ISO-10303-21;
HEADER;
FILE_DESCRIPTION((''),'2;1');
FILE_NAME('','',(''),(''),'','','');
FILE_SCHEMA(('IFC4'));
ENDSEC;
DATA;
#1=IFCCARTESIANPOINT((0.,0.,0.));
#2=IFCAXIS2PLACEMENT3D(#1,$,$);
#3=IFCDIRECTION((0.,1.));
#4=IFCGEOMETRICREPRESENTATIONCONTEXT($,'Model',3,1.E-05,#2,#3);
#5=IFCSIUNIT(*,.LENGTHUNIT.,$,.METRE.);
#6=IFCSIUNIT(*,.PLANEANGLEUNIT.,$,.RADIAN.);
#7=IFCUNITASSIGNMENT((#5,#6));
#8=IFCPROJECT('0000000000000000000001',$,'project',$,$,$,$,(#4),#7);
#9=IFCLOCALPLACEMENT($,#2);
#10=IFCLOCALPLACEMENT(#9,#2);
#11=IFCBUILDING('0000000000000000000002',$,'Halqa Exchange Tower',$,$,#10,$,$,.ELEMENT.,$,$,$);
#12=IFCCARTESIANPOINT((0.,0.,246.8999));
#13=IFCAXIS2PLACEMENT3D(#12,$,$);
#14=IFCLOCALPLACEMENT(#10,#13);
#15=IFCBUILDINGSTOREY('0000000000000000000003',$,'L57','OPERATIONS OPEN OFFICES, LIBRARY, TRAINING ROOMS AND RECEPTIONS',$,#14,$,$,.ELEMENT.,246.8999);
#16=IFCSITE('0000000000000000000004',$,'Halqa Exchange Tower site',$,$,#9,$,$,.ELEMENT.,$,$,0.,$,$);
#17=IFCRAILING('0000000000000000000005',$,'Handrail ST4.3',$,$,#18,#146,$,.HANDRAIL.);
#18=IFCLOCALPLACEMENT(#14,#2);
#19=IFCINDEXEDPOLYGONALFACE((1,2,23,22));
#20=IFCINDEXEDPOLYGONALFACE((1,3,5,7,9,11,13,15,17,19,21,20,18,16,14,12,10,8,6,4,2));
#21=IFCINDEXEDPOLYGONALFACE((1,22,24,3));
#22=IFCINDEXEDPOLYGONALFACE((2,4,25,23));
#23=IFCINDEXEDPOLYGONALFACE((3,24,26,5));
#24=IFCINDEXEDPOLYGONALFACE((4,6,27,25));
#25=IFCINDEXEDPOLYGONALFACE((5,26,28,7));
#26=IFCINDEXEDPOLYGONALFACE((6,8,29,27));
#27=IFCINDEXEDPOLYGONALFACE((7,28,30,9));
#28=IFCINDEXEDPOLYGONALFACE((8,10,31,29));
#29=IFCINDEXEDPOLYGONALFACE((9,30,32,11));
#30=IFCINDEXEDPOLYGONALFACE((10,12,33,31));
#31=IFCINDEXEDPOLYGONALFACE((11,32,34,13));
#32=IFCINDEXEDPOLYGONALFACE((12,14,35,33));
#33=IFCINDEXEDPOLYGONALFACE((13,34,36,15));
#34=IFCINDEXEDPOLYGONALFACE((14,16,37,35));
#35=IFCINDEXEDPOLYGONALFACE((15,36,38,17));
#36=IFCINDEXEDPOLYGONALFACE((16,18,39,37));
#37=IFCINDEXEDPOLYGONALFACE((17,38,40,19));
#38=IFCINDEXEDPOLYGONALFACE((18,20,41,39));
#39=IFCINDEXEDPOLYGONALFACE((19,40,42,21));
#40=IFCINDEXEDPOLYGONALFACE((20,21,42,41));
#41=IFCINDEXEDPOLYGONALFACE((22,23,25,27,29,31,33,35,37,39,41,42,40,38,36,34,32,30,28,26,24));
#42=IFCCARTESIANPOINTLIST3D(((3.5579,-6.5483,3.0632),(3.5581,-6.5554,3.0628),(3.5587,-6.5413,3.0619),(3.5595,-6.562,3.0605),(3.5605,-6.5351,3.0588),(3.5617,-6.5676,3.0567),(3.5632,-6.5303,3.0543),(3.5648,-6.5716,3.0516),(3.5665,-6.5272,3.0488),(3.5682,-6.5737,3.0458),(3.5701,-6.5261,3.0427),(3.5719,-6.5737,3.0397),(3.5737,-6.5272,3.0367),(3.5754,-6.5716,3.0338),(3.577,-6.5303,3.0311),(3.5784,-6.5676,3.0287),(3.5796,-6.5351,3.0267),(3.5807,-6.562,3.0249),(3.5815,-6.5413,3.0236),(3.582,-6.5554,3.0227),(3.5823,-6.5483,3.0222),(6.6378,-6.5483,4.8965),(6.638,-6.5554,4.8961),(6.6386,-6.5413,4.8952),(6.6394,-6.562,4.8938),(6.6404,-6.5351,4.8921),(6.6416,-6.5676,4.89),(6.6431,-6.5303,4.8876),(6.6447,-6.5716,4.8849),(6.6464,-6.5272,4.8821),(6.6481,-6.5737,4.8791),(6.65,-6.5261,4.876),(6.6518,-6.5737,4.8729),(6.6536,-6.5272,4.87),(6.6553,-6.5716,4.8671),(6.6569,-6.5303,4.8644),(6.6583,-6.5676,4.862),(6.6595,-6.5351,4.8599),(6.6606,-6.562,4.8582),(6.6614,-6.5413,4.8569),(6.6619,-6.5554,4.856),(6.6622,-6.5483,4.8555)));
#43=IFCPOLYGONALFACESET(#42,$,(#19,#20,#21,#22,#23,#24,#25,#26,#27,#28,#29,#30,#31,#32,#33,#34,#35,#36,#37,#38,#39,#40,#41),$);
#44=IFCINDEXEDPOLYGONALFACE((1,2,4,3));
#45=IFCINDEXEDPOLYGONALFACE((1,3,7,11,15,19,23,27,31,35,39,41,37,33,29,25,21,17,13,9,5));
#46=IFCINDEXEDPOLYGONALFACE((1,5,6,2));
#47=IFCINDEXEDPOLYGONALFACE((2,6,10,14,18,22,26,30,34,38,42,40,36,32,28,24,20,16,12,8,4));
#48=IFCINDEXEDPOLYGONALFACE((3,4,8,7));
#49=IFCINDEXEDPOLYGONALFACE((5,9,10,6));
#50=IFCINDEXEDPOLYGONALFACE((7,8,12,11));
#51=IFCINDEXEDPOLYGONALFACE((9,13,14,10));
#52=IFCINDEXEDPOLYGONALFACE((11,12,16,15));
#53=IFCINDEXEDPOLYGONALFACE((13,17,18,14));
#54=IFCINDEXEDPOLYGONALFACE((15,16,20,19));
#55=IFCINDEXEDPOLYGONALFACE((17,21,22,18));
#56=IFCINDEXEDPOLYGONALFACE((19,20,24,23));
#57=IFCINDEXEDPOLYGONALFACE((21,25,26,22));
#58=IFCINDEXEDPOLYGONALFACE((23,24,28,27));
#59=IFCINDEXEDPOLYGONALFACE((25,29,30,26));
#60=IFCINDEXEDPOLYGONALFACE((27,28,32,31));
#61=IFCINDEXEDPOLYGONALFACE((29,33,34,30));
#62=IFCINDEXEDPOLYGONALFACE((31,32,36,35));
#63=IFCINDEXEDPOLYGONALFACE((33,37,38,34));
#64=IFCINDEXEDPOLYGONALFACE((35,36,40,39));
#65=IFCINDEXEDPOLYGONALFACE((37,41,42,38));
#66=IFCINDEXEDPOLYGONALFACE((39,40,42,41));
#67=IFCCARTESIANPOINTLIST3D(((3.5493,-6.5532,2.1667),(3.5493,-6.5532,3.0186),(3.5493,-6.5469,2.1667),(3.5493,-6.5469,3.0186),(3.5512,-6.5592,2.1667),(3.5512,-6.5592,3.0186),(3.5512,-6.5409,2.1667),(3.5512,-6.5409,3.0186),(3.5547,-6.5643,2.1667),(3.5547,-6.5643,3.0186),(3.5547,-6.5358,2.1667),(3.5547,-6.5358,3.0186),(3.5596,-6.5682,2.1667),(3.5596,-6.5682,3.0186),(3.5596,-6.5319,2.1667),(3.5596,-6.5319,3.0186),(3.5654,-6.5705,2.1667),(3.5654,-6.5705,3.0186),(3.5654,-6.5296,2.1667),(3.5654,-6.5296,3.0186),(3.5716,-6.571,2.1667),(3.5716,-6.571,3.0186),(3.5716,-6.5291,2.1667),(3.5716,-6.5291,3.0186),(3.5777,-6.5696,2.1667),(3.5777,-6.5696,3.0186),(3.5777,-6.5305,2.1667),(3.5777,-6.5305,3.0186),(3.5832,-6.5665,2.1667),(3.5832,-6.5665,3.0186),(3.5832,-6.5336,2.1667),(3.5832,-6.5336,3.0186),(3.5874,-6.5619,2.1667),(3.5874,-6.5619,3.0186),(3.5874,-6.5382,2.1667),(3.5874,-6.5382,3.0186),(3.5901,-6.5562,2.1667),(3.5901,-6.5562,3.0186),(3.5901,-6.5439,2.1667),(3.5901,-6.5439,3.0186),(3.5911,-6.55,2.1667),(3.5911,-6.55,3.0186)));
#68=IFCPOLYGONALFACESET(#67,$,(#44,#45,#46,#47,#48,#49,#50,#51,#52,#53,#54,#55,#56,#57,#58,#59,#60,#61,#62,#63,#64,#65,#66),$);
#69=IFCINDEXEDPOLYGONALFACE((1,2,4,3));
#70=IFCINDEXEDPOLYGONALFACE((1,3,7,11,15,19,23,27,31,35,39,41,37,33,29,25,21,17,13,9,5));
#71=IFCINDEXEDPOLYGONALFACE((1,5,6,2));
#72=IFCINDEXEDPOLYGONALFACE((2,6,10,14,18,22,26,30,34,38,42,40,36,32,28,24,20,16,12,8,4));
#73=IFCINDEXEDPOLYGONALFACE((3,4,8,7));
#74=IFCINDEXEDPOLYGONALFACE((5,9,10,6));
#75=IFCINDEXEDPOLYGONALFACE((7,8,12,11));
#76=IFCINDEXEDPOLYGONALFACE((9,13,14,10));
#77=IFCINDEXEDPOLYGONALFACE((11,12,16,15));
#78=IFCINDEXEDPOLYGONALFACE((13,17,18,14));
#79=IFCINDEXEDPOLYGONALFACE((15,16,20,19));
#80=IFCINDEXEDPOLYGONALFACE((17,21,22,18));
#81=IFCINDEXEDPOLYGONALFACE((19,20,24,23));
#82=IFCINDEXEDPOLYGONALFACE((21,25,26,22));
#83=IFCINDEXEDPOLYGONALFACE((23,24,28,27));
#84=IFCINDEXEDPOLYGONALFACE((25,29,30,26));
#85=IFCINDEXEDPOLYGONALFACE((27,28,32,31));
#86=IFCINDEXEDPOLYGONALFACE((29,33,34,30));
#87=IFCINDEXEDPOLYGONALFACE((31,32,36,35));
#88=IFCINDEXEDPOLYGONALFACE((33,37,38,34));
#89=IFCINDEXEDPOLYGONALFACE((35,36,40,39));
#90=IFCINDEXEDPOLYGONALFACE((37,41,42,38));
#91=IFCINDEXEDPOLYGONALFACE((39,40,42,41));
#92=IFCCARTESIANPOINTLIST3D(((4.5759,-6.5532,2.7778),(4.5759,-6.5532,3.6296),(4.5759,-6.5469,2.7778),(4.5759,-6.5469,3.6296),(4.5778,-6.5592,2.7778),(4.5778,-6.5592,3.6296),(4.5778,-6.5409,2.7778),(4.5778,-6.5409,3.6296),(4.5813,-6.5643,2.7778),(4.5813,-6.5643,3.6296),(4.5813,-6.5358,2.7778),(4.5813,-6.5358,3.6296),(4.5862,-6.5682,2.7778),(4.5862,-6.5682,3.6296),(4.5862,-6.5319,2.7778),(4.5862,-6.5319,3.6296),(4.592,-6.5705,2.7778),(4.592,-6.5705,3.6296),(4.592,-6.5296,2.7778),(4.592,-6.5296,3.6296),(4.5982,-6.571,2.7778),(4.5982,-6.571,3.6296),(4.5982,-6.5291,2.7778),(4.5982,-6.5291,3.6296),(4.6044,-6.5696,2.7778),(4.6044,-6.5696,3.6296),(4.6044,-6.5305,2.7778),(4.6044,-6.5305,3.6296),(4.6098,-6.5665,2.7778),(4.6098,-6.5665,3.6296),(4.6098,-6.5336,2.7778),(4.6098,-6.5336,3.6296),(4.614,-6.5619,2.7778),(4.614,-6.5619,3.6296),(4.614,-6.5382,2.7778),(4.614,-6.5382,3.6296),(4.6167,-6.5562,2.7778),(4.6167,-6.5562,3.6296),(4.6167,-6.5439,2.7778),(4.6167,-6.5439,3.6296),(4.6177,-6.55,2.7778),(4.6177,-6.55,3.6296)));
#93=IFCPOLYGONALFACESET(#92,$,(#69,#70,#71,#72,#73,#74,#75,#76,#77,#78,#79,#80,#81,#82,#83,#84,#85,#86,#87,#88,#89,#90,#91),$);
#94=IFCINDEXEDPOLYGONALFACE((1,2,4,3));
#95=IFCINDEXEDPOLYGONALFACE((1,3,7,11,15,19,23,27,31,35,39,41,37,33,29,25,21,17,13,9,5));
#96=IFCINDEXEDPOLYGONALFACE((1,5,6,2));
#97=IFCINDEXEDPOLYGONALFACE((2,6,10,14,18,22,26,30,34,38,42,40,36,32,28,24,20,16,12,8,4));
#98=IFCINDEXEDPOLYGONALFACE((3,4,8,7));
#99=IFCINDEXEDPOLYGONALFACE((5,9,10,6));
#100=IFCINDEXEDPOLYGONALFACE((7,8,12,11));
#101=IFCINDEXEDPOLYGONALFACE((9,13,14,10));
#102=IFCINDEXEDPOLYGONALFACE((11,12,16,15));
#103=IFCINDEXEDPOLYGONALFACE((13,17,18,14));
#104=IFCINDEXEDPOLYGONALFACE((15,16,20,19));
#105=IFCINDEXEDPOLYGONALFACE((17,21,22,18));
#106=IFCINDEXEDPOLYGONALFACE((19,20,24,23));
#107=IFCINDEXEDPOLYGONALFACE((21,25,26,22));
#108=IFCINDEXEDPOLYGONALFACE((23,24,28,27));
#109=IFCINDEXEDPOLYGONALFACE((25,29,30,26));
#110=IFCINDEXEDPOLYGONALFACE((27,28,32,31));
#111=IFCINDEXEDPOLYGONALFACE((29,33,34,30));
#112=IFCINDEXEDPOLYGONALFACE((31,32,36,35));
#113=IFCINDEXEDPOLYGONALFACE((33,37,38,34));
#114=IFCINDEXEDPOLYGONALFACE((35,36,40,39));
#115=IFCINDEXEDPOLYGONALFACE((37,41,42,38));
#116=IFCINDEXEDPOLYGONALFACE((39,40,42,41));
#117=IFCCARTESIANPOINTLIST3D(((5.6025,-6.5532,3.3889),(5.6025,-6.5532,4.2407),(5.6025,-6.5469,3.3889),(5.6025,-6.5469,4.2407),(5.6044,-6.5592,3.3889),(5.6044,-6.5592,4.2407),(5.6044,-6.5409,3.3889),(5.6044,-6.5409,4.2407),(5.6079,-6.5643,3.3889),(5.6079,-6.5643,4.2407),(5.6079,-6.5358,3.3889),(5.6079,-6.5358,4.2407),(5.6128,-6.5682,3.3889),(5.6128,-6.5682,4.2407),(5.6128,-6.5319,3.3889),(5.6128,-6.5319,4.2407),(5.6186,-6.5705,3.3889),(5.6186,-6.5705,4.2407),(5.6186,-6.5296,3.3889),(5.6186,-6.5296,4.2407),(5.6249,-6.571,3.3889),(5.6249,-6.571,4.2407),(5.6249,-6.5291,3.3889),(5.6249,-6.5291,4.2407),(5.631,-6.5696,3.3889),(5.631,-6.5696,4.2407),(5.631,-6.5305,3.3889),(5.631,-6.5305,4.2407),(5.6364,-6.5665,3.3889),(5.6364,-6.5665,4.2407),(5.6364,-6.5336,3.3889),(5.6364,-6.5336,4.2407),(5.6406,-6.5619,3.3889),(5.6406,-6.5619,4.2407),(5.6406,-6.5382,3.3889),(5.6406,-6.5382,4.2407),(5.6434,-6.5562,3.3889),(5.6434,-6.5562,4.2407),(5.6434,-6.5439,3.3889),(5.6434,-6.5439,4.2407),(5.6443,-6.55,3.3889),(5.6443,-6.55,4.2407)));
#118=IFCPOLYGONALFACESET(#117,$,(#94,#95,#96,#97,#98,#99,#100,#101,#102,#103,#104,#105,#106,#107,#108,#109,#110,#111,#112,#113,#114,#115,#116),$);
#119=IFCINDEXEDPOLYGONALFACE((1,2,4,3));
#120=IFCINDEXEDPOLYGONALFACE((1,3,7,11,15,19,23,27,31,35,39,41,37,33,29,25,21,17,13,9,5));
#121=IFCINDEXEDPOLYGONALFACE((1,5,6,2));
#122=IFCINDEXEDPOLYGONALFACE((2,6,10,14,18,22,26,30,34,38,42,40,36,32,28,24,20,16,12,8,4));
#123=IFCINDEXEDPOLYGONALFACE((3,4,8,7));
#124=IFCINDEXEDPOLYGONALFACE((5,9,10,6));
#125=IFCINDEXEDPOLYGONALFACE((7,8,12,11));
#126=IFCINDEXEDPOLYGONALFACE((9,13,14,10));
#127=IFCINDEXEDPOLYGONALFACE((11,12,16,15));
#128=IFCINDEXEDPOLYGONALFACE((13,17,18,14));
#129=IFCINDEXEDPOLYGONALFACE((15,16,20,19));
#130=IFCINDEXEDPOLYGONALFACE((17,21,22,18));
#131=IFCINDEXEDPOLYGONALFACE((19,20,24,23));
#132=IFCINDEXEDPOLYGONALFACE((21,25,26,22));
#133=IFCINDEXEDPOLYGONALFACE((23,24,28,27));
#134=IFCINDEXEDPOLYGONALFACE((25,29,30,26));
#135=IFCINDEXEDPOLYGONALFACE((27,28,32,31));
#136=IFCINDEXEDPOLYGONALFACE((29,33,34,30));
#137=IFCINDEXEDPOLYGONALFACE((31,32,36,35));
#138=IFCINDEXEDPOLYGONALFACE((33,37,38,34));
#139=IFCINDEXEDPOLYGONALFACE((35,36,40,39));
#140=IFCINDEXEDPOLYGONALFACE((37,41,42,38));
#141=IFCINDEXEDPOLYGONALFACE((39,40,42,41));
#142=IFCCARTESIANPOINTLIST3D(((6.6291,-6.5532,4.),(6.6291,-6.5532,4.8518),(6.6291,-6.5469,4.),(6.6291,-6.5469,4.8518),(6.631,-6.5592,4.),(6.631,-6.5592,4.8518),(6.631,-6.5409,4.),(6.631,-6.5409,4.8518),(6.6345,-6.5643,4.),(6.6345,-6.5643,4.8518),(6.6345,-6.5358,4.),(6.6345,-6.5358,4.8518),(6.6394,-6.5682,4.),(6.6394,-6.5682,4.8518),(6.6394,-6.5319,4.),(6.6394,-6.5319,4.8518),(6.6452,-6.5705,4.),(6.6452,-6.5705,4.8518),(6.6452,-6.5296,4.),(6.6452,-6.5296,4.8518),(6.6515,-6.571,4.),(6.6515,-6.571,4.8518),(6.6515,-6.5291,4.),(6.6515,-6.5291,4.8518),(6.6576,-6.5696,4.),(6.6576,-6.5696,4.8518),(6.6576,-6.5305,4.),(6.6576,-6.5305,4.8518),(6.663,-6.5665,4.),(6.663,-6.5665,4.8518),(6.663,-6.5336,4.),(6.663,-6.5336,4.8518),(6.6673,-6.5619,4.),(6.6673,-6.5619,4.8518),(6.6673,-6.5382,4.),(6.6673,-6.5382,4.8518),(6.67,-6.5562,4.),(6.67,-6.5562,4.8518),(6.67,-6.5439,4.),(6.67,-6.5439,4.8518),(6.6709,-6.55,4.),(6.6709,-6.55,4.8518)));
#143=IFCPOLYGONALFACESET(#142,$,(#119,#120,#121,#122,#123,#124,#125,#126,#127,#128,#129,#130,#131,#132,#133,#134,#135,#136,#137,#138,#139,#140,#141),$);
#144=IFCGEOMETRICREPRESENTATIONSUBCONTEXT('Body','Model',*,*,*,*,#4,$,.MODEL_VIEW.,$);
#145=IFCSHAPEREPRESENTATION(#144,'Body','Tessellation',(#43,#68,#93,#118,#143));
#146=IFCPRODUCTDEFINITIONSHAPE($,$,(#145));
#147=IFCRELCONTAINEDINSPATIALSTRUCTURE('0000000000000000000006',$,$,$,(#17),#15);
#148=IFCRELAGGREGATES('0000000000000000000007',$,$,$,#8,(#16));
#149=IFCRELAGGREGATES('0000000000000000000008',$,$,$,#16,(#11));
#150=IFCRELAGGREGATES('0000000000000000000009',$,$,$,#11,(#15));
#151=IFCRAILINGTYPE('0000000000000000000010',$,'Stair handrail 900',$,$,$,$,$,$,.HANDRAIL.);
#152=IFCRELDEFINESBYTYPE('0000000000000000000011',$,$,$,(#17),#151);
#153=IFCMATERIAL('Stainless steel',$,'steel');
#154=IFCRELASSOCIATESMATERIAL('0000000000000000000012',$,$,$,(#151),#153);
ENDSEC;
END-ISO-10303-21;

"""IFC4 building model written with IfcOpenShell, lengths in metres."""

from ifc_helpers import new_model, si_unit, direction, frame, origin, origin_2d, place, context, subcontext, project, spatial, circle, extrude, material, type_object, element, save


model = new_model("IFC4")

# Units and contexts
model_context = context("Model", 3, precision=1e-05, world=origin(), true_north=direction((0.0, 1.0)))
body_context = subcontext(model_context, "Body", "Model", "MODEL_VIEW")
ifc_project = project(units=[si_unit("LENGTHUNIT", "METRE"), si_unit("PLANEANGLEUNIT", "RADIAN")], contexts=[model_context])

# Site, building, storey
site_placement = place(None, origin())
site = spatial("IfcSite", under=ifc_project, at=site_placement, Name="Halqa Exchange Tower site", CompositionType="ELEMENT", RefElevation=0.0)
building_placement = place(site_placement, origin())
building = spatial("IfcBuilding", under=site, at=building_placement, Name="Halqa Exchange Tower", CompositionType="ELEMENT")
storey_placement = place(building_placement, frame((0.0, 0.0, 246.8999)))
storey = spatial("IfcBuildingStorey", under=building, at=storey_placement, Name="L57", Description="OPERATIONS OPEN OFFICES, LIBRARY, TRAINING ROOMS AND RECEPTIONS", CompositionType="ELEMENT", Elevation=246.8999)

# Railing
ifc_material_1 = material(Name="Stainless steel", Category="steel")
railing_type_1 = type_object("IfcRailingType", Name="Stair handrail 900", PredefinedType="HANDRAIL", material=ifc_material_1)
railing_1_placement = place(storey_placement, frame((3.5701, -6.55, 2.1667)))
element("IfcRailing", 1, at=railing_1_placement, inside=storey, type_object=railing_type_1, Name="Handrail ST4.3", PredefinedType="HANDRAIL", context=body_context, shape_type="SweptSolid", body=[
    extrude(circle(Radius=0.0239, at=origin_2d()), frame((0.0, 0.0, 0.876), z_axis=(0.859291, 0.0, 0.511487), x_axis=(0.0, 1.0, 0.0)), (0.0, 0.0, 1.0), 3.5842),
    extrude(circle(Radius=0.021, at=origin_2d()), origin(), (0.0, 0.0, 1.0), 0.8518),
    extrude(circle(Radius=0.021, at=origin_2d()), frame((1.0266, 0.0, 0.6111)), (0.0, 0.0, 1.0), 0.8518),
    extrude(circle(Radius=0.021, at=origin_2d()), frame((2.0532, 0.0, 1.2222)), (0.0, 0.0, 1.0), 0.8518),
    extrude(circle(Radius=0.021, at=origin_2d()), frame((3.0798, 0.0, 1.8333)), (0.0, 0.0, 1.0), 0.8518),
])

save(model, "model.ifc")
